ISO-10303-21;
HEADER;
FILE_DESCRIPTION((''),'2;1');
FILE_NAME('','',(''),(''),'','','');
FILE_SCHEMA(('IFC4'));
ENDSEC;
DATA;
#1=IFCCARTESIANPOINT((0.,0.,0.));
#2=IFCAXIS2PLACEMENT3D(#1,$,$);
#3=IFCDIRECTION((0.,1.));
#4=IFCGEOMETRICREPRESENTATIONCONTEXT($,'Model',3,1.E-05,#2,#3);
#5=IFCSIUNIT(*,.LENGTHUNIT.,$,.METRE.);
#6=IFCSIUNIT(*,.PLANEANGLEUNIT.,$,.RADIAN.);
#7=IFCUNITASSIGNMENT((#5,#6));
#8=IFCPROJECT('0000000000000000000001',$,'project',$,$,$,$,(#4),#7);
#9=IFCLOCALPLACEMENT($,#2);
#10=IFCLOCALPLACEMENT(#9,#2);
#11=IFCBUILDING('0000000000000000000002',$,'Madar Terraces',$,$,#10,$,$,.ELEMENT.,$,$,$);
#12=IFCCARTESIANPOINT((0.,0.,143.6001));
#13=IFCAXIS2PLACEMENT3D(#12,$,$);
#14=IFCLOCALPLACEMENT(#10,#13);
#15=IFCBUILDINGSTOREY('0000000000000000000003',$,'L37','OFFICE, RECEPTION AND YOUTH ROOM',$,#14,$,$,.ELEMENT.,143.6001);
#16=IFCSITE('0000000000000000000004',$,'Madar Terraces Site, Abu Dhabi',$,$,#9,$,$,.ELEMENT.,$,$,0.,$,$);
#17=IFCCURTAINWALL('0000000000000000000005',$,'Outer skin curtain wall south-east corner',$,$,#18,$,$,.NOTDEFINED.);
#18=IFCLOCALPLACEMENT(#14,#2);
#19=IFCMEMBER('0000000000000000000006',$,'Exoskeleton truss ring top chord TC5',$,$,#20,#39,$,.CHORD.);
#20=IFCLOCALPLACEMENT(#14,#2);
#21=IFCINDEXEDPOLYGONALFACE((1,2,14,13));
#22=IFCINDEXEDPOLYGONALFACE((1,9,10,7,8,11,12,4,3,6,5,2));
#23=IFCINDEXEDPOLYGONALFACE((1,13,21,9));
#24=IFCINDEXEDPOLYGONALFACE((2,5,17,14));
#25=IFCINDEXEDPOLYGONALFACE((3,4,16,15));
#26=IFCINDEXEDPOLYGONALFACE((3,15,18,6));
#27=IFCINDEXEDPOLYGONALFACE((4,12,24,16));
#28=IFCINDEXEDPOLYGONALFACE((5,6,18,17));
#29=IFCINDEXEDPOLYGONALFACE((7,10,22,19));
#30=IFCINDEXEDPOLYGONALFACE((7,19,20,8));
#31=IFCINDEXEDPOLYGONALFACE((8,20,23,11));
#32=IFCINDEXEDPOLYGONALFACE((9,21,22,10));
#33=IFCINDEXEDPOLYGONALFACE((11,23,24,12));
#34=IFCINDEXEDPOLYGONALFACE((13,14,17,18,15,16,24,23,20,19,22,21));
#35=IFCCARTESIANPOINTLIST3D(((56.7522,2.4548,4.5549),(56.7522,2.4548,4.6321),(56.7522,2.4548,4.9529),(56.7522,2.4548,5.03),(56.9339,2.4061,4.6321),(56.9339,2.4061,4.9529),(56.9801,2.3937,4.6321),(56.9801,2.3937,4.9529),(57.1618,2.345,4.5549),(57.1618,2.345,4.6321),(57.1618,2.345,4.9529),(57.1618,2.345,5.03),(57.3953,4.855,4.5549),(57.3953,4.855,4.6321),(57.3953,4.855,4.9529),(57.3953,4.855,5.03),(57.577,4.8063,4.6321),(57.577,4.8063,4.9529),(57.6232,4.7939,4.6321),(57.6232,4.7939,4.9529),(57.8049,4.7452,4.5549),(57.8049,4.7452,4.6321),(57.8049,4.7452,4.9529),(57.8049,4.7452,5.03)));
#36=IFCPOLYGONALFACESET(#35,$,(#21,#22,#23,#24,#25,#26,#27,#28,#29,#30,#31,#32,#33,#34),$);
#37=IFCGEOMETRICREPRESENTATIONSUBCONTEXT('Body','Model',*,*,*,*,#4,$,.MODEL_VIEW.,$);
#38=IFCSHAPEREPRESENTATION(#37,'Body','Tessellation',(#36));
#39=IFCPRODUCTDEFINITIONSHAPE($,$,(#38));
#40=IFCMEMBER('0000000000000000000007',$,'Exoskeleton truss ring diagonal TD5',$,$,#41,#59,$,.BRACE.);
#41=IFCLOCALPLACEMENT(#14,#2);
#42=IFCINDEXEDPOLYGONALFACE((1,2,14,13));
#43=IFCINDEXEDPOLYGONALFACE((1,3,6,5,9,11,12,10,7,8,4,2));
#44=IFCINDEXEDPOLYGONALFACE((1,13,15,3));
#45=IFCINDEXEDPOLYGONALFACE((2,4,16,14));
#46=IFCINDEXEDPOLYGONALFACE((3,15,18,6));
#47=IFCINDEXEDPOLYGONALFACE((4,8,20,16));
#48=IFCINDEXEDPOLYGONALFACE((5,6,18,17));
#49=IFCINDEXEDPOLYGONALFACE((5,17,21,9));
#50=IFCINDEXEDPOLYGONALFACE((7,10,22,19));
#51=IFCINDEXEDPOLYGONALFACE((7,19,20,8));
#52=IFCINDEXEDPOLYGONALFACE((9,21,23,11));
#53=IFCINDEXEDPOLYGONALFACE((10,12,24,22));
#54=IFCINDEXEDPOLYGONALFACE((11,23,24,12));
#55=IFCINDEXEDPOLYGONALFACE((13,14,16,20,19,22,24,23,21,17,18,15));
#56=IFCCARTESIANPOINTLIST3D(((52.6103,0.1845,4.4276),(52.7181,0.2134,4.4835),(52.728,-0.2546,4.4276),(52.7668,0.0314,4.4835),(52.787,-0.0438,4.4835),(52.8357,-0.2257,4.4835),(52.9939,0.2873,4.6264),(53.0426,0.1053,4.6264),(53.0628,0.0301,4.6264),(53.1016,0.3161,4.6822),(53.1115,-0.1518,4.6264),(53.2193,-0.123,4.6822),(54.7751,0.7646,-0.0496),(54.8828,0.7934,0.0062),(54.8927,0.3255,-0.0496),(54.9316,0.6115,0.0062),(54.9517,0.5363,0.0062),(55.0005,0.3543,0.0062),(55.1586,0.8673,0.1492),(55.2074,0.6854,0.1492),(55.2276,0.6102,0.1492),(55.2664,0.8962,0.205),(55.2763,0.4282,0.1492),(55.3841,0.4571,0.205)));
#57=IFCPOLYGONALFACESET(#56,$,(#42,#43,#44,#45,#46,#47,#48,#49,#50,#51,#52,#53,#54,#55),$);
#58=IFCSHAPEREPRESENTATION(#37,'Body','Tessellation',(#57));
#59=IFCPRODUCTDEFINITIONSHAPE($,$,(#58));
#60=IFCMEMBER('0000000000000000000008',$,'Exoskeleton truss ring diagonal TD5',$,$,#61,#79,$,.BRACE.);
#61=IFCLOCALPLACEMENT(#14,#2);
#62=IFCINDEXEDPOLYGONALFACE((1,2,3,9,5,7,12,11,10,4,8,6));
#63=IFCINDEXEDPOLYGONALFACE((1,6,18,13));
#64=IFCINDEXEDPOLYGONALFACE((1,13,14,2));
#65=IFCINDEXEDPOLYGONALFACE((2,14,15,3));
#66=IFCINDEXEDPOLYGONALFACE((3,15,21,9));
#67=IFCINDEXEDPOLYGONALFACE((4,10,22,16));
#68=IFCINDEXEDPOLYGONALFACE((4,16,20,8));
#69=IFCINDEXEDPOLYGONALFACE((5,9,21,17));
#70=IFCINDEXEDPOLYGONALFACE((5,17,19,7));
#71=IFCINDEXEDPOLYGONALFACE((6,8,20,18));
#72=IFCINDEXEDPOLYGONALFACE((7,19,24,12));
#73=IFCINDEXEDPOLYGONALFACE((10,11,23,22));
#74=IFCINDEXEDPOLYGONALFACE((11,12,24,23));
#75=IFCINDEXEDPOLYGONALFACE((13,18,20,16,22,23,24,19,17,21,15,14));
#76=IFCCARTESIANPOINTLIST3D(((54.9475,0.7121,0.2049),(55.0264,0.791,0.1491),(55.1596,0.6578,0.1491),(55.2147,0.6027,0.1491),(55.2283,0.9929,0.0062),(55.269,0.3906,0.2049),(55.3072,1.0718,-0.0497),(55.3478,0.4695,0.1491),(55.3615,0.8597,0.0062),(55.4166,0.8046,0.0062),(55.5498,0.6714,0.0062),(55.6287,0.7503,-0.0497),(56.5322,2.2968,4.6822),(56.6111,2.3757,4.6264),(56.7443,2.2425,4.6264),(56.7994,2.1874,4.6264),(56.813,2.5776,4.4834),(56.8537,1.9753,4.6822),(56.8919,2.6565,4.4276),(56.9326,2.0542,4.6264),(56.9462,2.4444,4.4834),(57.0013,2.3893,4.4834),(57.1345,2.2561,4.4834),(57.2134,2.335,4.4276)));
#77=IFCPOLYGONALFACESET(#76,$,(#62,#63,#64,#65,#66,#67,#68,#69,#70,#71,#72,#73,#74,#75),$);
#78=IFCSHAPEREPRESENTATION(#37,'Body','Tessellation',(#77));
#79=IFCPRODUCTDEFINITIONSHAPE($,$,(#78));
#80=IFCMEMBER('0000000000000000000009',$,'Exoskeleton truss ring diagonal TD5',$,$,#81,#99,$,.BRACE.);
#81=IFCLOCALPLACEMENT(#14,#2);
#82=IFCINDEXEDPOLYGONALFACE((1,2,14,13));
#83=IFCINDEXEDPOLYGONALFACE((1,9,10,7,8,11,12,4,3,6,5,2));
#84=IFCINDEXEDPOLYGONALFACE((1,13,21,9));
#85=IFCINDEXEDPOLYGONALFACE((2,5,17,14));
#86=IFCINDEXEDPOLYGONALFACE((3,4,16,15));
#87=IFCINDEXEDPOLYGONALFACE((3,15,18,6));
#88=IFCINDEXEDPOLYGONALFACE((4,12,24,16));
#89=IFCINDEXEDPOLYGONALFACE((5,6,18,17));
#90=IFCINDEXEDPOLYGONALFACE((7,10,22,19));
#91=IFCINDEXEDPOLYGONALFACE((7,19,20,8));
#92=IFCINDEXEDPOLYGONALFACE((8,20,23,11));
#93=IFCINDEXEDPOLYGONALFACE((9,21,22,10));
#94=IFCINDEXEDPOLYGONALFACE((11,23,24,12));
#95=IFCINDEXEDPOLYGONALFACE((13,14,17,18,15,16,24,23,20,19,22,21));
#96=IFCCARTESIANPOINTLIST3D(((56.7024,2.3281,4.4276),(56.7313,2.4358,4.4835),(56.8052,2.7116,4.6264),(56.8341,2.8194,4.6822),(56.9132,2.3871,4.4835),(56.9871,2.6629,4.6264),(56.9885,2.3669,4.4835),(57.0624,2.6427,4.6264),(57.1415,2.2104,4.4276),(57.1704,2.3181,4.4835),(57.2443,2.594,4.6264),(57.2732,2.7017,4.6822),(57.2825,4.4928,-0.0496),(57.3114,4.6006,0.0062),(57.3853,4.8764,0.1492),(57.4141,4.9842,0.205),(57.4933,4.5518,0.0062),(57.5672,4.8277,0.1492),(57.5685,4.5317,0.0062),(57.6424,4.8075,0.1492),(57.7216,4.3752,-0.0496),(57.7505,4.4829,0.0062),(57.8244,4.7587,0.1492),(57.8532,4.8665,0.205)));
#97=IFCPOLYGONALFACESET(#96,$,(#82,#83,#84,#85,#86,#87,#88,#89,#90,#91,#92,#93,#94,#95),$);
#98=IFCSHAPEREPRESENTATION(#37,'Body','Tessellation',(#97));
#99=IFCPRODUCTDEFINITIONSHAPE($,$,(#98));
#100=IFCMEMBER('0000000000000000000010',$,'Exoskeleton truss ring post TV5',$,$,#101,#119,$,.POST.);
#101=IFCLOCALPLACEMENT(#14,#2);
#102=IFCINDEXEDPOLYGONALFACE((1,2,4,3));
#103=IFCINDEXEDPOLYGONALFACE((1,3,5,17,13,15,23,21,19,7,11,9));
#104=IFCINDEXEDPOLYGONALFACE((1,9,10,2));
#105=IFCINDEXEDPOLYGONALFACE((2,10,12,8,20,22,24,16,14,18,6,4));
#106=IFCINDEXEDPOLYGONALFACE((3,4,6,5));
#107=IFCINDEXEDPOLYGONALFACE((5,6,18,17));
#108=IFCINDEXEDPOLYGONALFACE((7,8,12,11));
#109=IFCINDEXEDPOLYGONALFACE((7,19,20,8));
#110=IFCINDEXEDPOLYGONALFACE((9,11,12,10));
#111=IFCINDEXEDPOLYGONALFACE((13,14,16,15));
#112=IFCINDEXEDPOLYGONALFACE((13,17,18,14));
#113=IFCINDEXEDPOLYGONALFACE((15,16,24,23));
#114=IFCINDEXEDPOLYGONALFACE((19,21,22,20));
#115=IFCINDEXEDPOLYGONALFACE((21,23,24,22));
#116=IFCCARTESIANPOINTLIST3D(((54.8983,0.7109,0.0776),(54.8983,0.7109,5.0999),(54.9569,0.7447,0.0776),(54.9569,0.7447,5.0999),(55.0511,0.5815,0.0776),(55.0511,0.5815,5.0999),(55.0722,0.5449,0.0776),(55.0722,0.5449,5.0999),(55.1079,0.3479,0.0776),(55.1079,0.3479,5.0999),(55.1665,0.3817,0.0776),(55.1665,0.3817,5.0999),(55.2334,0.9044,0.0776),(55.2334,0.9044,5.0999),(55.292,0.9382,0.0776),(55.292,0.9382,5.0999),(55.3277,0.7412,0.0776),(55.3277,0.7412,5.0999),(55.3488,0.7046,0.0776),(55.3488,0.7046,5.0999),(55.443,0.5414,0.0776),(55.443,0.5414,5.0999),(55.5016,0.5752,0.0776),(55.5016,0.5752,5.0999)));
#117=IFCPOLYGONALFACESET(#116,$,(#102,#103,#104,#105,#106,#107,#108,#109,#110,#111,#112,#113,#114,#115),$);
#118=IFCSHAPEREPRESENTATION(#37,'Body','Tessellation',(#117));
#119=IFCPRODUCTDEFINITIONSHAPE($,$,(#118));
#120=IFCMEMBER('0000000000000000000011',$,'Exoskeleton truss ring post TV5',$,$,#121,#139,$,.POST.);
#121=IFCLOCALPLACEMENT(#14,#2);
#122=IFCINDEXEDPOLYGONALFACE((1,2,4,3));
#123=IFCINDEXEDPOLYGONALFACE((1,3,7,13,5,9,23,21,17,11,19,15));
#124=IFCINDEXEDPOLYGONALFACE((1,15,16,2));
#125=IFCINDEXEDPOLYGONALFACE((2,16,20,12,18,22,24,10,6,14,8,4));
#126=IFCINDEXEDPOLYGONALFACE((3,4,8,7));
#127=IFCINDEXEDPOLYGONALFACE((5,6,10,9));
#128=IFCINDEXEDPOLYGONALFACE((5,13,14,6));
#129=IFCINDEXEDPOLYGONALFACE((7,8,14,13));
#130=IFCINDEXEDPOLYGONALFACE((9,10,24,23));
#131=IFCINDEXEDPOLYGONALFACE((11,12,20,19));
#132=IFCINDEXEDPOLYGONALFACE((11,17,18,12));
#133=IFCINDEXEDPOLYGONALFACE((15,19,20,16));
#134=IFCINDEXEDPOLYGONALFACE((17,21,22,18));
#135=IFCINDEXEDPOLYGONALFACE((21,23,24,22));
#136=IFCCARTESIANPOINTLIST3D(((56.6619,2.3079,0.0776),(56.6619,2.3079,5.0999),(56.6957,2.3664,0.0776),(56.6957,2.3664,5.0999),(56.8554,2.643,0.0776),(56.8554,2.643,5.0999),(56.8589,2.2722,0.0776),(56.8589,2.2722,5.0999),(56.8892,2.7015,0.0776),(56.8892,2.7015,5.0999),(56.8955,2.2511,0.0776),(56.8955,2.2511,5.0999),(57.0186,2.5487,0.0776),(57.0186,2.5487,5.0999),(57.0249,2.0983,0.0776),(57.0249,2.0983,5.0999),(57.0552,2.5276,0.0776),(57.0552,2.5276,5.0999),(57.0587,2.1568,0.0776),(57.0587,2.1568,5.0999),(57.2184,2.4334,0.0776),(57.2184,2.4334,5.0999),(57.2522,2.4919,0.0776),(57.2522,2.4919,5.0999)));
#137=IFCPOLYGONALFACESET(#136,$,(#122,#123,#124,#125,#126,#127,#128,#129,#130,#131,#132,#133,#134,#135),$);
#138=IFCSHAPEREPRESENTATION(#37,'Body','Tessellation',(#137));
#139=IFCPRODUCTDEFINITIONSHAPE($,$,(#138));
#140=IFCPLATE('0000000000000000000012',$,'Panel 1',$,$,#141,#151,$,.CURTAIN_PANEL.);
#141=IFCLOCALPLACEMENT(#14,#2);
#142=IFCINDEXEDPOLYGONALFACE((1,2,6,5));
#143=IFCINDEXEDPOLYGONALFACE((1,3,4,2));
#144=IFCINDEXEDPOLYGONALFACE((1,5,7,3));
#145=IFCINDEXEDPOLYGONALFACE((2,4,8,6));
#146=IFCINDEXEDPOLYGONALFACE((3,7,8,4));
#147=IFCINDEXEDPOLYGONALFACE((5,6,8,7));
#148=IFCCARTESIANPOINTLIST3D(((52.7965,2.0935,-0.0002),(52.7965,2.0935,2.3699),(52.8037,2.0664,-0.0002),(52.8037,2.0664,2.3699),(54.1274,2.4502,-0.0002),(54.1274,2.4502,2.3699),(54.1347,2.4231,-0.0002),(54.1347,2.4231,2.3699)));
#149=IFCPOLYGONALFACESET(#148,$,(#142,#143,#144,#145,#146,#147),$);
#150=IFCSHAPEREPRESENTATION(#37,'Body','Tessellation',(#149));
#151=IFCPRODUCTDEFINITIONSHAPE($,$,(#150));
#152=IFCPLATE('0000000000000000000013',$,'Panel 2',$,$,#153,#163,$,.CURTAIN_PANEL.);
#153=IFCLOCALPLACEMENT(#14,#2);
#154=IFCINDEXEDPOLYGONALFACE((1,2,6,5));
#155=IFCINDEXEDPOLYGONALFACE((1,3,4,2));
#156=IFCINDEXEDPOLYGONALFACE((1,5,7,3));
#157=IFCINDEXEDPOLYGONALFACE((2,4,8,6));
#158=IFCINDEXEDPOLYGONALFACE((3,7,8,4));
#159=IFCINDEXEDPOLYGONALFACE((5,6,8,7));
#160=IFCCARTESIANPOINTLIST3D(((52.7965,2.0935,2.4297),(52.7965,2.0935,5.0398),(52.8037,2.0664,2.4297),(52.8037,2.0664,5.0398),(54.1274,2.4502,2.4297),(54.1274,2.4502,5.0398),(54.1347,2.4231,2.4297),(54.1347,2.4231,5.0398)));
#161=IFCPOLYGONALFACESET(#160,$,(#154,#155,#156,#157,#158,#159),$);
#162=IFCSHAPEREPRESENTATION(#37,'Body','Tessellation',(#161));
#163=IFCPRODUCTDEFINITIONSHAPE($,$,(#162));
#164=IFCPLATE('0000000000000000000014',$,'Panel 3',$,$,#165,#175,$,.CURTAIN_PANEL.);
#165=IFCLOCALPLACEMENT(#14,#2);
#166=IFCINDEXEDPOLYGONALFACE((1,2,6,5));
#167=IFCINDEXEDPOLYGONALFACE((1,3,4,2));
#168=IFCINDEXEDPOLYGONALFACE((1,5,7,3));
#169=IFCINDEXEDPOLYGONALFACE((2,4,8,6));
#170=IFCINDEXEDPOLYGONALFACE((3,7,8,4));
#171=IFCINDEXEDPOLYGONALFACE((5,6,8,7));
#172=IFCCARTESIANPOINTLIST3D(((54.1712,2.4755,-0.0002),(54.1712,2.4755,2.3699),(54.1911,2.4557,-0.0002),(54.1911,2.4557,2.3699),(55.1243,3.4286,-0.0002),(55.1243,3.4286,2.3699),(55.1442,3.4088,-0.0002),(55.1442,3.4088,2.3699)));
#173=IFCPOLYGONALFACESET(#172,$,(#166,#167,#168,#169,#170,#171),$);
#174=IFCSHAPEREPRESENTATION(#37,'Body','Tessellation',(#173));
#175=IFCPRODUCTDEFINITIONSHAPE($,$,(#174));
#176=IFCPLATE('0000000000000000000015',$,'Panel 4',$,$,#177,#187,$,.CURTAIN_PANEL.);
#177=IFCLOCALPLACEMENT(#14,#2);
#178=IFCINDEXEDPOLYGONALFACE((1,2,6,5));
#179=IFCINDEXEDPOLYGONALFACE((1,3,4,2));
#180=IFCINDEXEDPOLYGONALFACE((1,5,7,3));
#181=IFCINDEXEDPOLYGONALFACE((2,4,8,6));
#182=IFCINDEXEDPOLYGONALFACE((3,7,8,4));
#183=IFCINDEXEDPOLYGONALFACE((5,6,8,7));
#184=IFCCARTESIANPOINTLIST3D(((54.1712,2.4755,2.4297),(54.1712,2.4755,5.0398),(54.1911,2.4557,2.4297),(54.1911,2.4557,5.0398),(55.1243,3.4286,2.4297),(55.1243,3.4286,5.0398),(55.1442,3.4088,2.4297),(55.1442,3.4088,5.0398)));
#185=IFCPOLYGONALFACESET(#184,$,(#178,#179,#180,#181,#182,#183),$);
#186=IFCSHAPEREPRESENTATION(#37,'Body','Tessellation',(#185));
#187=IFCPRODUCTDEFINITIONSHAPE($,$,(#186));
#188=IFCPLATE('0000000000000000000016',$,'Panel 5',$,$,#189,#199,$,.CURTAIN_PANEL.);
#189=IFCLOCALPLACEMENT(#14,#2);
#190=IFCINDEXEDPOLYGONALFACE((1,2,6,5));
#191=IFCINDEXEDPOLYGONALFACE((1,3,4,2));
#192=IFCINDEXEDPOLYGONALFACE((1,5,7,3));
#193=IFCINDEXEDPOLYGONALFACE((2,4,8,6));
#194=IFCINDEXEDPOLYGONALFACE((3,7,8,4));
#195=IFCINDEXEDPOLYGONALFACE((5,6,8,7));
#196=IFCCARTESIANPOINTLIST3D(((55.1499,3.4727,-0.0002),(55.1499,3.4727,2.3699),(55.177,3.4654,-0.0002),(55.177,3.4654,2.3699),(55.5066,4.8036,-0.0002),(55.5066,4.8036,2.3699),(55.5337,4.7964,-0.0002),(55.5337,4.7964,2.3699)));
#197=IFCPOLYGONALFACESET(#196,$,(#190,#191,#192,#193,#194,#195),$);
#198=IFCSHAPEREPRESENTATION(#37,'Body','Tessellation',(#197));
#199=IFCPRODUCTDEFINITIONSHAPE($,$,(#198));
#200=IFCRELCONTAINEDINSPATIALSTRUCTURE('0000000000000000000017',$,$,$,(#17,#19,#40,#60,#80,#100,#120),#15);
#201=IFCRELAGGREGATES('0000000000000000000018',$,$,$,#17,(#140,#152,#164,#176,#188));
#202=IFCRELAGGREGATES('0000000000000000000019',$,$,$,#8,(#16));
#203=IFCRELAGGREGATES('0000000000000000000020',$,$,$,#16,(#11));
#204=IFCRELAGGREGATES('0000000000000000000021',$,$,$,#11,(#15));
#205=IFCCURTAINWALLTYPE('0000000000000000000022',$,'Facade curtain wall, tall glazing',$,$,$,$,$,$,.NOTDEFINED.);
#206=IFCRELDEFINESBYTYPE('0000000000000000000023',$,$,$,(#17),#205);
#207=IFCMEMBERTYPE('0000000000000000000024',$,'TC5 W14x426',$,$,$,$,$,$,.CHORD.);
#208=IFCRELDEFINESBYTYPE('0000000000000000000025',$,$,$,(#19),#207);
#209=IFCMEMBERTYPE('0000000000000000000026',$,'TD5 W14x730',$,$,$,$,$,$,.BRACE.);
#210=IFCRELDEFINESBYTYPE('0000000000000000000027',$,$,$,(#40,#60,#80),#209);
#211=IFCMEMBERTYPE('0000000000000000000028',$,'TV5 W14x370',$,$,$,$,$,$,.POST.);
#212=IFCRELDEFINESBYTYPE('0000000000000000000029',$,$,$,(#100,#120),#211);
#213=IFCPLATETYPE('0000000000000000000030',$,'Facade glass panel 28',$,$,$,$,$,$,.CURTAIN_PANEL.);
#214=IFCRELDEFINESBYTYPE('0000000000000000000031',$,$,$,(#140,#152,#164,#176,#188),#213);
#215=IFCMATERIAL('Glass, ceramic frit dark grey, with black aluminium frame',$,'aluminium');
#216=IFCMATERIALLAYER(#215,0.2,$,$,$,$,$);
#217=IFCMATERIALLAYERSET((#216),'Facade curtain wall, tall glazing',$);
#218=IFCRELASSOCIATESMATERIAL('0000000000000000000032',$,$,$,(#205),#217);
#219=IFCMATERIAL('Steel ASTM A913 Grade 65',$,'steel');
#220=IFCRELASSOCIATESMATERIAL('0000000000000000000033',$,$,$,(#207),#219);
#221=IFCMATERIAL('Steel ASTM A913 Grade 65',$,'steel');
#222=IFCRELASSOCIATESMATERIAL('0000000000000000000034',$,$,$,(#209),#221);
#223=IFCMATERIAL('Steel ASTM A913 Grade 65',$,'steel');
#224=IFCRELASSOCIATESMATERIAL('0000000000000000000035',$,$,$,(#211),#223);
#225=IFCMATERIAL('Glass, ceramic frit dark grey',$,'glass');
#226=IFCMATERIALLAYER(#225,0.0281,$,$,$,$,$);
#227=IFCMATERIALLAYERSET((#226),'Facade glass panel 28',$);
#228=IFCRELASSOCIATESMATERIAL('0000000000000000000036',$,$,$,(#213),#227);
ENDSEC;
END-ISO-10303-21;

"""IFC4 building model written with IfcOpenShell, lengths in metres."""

from ifc_helpers import new_model, si_unit, direction, frame, origin, origin_2d, place, context, subcontext, project, spatial, rectangle, i_section, extrude, material, layer, layer_set, material_profile, profile_set, type_object, element, aggregate, save


model = new_model("IFC4")

# Units and contexts
model_context = context("Model", 3, precision=1e-05, world=origin(), true_north=direction((0.0, 1.0)))
body_context = subcontext(model_context, "Body", "Model", "MODEL_VIEW")
ifc_project = project(units=[si_unit("LENGTHUNIT", "METRE"), si_unit("PLANEANGLEUNIT", "RADIAN")], contexts=[model_context])

# Site, building, storey
site_placement = place(None, origin())
site = spatial("IfcSite", under=ifc_project, at=site_placement, Name="Madar Terraces Site, Abu Dhabi", CompositionType="ELEMENT", RefElevation=0.0)
building_placement = place(site_placement, origin())
building = spatial("IfcBuilding", under=site, at=building_placement, Name="Madar Terraces", CompositionType="ELEMENT")
storey_placement = place(building_placement, frame((0.0, 0.0, 143.6001)))
storey = spatial("IfcBuildingStorey", under=building, at=storey_placement, Name="L37", Description="OFFICE, RECEPTION AND YOUTH ROOM", CompositionType="ELEMENT", Elevation=143.6001)

# Curtain wall
ifc_material_1 = material(Name="Glass, ceramic frit dark grey, with black aluminium frame", Category="aluminium")
ifc_layer_1 = layer(ifc_material_1, 0.2)
ifc_layer_set_1 = layer_set([ifc_layer_1], Name="Facade curtain wall, tall glazing")
curtain_wall_type = type_object("IfcCurtainWallType", Name="Facade curtain wall, tall glazing", PredefinedType="NOTDEFINED", material=ifc_layer_set_1)
curtain_wall_1_placement = place(storey_placement, origin())
curtain_wall_1 = element("IfcCurtainWall", 1, at=curtain_wall_1_placement, inside=storey, type_object=curtain_wall_type, Name="Outer skin curtain wall south-east corner", PredefinedType="NOTDEFINED")

# Members
ifc_material_2 = material(Name="Steel ASTM A913 Grade 65", Category="steel")
ifc_material_profile_1 = material_profile(ifc_material_2, i_section(OverallWidth=0.4241, OverallDepth=0.4751, WebThickness=0.0479, FlangeThickness=0.0771, at=origin_2d()), Name="W14x426")
ifc_profile_set_1 = profile_set([ifc_material_profile_1], Name="Steel ASTM A913 Grade 65")
member_type_1 = type_object("IfcMemberType", Name="TC5 W14x426", PredefinedType="CHORD", material=ifc_profile_set_1)
member_1_placement = place(storey_placement, frame((56.957, 2.3999, 4.7925), z_axis=(0.2588, 0.965931, 0.0), x_axis=(-0.965931, 0.2588, 0.0)))
element("IfcMember", 2, at=member_1_placement, inside=storey, type_object=member_type_1, Name="Exoskeleton truss ring top chord TC5", PredefinedType="CHORD", context=body_context, shape_type="SweptSolid", body=[
    extrude(i_section(OverallWidth=0.4241, OverallDepth=0.4751, WebThickness=0.0479, FlangeThickness=0.0771, at=origin_2d()), origin(), (0.0, 0.0, 1.0), 2.4849),
])
ifc_material_3 = material(Name="Steel ASTM A913 Grade 65", Category="steel")
ifc_material_profile_2 = material_profile(ifc_material_3, i_section(OverallWidth=0.4546, OverallDepth=0.5688, WebThickness=0.0779, FlangeThickness=0.1248, at=origin_2d()), Name="W14x730")
ifc_profile_set_2 = profile_set([ifc_material_profile_2], Name="Steel ASTM A913 Grade 65")
member_type_2 = type_object("IfcMemberType", Name="TD5 W14x730", PredefinedType="BRACE", material=ifc_profile_set_2)
for number, where, z_axis, x_axis, name in (
    (3, (52.9148, 0.0308, 4.5549), (0.432363, 0.115856, -0.894226), (-0.258829, 0.965923, 0.0), "Exoskeleton truss ring diagonal TD5"),
    (4, (55.2881, 0.7312, 0.0776), (0.316508, 0.316508, 0.894229), (-0.707107, 0.707107, 0.0), "Exoskeleton truss ring diagonal TD5"),
    (5, (56.9878, 2.5149, 4.5549), (0.115856, 0.432363, -0.894226), (-0.965923, 0.258829, 0.0), "Exoskeleton truss ring diagonal TD5"),
):
    element("IfcMember", number, at=place(storey_placement, frame(where, z_axis=z_axis, x_axis=x_axis)), inside=storey, type_object=member_type_2, Name=name, PredefinedType="BRACE", context=body_context, shape_type="SweptSolid", body=[
        extrude(i_section(OverallWidth=0.4546, OverallDepth=0.5688, WebThickness=0.0779, FlangeThickness=0.1248, at=origin_2d()), origin(), (0.0, 0.0, 1.0), 5.0068),
    ])
ifc_material_4 = material(Name="Steel ASTM A913 Grade 65", Category="steel")
ifc_material_profile_3 = material_profile(ifc_material_4, i_section(OverallWidth=0.4192, OverallDepth=0.4546, WebThickness=0.0422, FlangeThickness=0.0676, at=origin_2d()), Name="W14x370")
ifc_profile_set_3 = profile_set([ifc_material_profile_3], Name="Steel ASTM A913 Grade 65")
member_type_3 = type_object("IfcMemberType", Name="TV5 W14x370", PredefinedType="POST", material=ifc_profile_set_3)
for number, where, z_axis, x_axis, name in (
    (6, (55.2, 0.6431, 0.0776), (0.0, 0.0, 1.0), (-0.5, 0.866025, 0.0), "Exoskeleton truss ring post TV5"),
    (7, (56.957, 2.3999, 0.0776), (0.0, 0.0, 1.0), (-0.866025, 0.5, 0.0), "Exoskeleton truss ring post TV5"),
):
    element("IfcMember", number, at=place(storey_placement, frame(where, z_axis=z_axis, x_axis=x_axis)), inside=storey, type_object=member_type_3, Name=name, PredefinedType="POST", context=body_context, shape_type="SweptSolid", body=[
        extrude(i_section(OverallWidth=0.4192, OverallDepth=0.4546, WebThickness=0.0422, FlangeThickness=0.0676, at=origin_2d()), origin(), (0.0, 0.0, 1.0), 5.0222),
    ])

# Plates
ifc_material_5 = material(Name="Glass, ceramic frit dark grey", Category="glass")
ifc_layer_2 = layer(ifc_material_5, 0.0281)
ifc_layer_set_2 = layer_set([ifc_layer_2], Name="Facade glass panel 28")
plate_type = type_object("IfcPlateType", Name="Facade glass panel 28", PredefinedType="CURTAIN_PANEL", material=ifc_layer_set_2)
plate_1_placement = place(storey_placement, frame((53.4656, 2.2583, -0.0002), z_axis=(0.0, 0.0, 1.0), x_axis=(0.965926, 0.258819, 0.0)))
plate_1 = element("IfcPlate", 8, at=plate_1_placement, type_object=plate_type, Name="Panel 1", PredefinedType="CURTAIN_PANEL", context=body_context, shape_type="SweptSolid", body=[
    extrude(rectangle(XDim=1.3779, YDim=0.0281, at=origin_2d()), origin(), (0.0, 0.0, 1.0), 2.3701),
])
plate_2_placement = place(storey_placement, frame((53.4656, 2.2583, 2.4297), z_axis=(0.0, 0.0, 1.0), x_axis=(0.965926, 0.258819, 0.0)))
plate_2 = element("IfcPlate", 9, at=plate_2_placement, type_object=plate_type, Name="Panel 2", PredefinedType="CURTAIN_PANEL", context=body_context, shape_type="SweptSolid", body=[
    extrude(rectangle(XDim=1.3779, YDim=0.0281, at=origin_2d()), origin(), (0.0, 0.0, 1.0), 2.6101),
])
plate_3_placement = place(storey_placement, frame((54.6577, 2.9421, -0.0002), z_axis=(0.0, 0.0, 1.0), x_axis=(0.707107, 0.707107, 0.0)))
plate_3 = element("IfcPlate", 10, at=plate_3_placement, type_object=plate_type, Name="Panel 3", PredefinedType="CURTAIN_PANEL", context=body_context, shape_type="SweptSolid", body=[
    extrude(rectangle(XDim=1.3479, YDim=0.0281, at=origin_2d()), origin(), (0.0, 0.0, 1.0), 2.3701),
])
plate_4_placement = place(storey_placement, frame((54.6577, 2.9421, 2.4297), z_axis=(0.0, 0.0, 1.0), x_axis=(0.707107, 0.707107, 0.0)))
plate_4 = element("IfcPlate", 11, at=plate_4_placement, type_object=plate_type, Name="Panel 4", PredefinedType="CURTAIN_PANEL", context=body_context, shape_type="SweptSolid", body=[
    extrude(rectangle(XDim=1.3479, YDim=0.0281, at=origin_2d()), origin(), (0.0, 0.0, 1.0), 2.6101),
])
plate_5_placement = place(storey_placement, frame((55.3418, 4.1345, -0.0002), z_axis=(0.0, 0.0, 1.0), x_axis=(0.258819, 0.965926, 0.0)))
plate_5 = element("IfcPlate", 12, at=plate_5_placement, type_object=plate_type, Name="Panel 5", PredefinedType="CURTAIN_PANEL", context=body_context, shape_type="SweptSolid", body=[
    extrude(rectangle(XDim=1.3779, YDim=0.0281, at=origin_2d()), origin(), (0.0, 0.0, 1.0), 2.3701),
])
aggregate(curtain_wall_1, [plate_1, plate_2, plate_3, plate_4, plate_5])

save(model, "model.ifc")
